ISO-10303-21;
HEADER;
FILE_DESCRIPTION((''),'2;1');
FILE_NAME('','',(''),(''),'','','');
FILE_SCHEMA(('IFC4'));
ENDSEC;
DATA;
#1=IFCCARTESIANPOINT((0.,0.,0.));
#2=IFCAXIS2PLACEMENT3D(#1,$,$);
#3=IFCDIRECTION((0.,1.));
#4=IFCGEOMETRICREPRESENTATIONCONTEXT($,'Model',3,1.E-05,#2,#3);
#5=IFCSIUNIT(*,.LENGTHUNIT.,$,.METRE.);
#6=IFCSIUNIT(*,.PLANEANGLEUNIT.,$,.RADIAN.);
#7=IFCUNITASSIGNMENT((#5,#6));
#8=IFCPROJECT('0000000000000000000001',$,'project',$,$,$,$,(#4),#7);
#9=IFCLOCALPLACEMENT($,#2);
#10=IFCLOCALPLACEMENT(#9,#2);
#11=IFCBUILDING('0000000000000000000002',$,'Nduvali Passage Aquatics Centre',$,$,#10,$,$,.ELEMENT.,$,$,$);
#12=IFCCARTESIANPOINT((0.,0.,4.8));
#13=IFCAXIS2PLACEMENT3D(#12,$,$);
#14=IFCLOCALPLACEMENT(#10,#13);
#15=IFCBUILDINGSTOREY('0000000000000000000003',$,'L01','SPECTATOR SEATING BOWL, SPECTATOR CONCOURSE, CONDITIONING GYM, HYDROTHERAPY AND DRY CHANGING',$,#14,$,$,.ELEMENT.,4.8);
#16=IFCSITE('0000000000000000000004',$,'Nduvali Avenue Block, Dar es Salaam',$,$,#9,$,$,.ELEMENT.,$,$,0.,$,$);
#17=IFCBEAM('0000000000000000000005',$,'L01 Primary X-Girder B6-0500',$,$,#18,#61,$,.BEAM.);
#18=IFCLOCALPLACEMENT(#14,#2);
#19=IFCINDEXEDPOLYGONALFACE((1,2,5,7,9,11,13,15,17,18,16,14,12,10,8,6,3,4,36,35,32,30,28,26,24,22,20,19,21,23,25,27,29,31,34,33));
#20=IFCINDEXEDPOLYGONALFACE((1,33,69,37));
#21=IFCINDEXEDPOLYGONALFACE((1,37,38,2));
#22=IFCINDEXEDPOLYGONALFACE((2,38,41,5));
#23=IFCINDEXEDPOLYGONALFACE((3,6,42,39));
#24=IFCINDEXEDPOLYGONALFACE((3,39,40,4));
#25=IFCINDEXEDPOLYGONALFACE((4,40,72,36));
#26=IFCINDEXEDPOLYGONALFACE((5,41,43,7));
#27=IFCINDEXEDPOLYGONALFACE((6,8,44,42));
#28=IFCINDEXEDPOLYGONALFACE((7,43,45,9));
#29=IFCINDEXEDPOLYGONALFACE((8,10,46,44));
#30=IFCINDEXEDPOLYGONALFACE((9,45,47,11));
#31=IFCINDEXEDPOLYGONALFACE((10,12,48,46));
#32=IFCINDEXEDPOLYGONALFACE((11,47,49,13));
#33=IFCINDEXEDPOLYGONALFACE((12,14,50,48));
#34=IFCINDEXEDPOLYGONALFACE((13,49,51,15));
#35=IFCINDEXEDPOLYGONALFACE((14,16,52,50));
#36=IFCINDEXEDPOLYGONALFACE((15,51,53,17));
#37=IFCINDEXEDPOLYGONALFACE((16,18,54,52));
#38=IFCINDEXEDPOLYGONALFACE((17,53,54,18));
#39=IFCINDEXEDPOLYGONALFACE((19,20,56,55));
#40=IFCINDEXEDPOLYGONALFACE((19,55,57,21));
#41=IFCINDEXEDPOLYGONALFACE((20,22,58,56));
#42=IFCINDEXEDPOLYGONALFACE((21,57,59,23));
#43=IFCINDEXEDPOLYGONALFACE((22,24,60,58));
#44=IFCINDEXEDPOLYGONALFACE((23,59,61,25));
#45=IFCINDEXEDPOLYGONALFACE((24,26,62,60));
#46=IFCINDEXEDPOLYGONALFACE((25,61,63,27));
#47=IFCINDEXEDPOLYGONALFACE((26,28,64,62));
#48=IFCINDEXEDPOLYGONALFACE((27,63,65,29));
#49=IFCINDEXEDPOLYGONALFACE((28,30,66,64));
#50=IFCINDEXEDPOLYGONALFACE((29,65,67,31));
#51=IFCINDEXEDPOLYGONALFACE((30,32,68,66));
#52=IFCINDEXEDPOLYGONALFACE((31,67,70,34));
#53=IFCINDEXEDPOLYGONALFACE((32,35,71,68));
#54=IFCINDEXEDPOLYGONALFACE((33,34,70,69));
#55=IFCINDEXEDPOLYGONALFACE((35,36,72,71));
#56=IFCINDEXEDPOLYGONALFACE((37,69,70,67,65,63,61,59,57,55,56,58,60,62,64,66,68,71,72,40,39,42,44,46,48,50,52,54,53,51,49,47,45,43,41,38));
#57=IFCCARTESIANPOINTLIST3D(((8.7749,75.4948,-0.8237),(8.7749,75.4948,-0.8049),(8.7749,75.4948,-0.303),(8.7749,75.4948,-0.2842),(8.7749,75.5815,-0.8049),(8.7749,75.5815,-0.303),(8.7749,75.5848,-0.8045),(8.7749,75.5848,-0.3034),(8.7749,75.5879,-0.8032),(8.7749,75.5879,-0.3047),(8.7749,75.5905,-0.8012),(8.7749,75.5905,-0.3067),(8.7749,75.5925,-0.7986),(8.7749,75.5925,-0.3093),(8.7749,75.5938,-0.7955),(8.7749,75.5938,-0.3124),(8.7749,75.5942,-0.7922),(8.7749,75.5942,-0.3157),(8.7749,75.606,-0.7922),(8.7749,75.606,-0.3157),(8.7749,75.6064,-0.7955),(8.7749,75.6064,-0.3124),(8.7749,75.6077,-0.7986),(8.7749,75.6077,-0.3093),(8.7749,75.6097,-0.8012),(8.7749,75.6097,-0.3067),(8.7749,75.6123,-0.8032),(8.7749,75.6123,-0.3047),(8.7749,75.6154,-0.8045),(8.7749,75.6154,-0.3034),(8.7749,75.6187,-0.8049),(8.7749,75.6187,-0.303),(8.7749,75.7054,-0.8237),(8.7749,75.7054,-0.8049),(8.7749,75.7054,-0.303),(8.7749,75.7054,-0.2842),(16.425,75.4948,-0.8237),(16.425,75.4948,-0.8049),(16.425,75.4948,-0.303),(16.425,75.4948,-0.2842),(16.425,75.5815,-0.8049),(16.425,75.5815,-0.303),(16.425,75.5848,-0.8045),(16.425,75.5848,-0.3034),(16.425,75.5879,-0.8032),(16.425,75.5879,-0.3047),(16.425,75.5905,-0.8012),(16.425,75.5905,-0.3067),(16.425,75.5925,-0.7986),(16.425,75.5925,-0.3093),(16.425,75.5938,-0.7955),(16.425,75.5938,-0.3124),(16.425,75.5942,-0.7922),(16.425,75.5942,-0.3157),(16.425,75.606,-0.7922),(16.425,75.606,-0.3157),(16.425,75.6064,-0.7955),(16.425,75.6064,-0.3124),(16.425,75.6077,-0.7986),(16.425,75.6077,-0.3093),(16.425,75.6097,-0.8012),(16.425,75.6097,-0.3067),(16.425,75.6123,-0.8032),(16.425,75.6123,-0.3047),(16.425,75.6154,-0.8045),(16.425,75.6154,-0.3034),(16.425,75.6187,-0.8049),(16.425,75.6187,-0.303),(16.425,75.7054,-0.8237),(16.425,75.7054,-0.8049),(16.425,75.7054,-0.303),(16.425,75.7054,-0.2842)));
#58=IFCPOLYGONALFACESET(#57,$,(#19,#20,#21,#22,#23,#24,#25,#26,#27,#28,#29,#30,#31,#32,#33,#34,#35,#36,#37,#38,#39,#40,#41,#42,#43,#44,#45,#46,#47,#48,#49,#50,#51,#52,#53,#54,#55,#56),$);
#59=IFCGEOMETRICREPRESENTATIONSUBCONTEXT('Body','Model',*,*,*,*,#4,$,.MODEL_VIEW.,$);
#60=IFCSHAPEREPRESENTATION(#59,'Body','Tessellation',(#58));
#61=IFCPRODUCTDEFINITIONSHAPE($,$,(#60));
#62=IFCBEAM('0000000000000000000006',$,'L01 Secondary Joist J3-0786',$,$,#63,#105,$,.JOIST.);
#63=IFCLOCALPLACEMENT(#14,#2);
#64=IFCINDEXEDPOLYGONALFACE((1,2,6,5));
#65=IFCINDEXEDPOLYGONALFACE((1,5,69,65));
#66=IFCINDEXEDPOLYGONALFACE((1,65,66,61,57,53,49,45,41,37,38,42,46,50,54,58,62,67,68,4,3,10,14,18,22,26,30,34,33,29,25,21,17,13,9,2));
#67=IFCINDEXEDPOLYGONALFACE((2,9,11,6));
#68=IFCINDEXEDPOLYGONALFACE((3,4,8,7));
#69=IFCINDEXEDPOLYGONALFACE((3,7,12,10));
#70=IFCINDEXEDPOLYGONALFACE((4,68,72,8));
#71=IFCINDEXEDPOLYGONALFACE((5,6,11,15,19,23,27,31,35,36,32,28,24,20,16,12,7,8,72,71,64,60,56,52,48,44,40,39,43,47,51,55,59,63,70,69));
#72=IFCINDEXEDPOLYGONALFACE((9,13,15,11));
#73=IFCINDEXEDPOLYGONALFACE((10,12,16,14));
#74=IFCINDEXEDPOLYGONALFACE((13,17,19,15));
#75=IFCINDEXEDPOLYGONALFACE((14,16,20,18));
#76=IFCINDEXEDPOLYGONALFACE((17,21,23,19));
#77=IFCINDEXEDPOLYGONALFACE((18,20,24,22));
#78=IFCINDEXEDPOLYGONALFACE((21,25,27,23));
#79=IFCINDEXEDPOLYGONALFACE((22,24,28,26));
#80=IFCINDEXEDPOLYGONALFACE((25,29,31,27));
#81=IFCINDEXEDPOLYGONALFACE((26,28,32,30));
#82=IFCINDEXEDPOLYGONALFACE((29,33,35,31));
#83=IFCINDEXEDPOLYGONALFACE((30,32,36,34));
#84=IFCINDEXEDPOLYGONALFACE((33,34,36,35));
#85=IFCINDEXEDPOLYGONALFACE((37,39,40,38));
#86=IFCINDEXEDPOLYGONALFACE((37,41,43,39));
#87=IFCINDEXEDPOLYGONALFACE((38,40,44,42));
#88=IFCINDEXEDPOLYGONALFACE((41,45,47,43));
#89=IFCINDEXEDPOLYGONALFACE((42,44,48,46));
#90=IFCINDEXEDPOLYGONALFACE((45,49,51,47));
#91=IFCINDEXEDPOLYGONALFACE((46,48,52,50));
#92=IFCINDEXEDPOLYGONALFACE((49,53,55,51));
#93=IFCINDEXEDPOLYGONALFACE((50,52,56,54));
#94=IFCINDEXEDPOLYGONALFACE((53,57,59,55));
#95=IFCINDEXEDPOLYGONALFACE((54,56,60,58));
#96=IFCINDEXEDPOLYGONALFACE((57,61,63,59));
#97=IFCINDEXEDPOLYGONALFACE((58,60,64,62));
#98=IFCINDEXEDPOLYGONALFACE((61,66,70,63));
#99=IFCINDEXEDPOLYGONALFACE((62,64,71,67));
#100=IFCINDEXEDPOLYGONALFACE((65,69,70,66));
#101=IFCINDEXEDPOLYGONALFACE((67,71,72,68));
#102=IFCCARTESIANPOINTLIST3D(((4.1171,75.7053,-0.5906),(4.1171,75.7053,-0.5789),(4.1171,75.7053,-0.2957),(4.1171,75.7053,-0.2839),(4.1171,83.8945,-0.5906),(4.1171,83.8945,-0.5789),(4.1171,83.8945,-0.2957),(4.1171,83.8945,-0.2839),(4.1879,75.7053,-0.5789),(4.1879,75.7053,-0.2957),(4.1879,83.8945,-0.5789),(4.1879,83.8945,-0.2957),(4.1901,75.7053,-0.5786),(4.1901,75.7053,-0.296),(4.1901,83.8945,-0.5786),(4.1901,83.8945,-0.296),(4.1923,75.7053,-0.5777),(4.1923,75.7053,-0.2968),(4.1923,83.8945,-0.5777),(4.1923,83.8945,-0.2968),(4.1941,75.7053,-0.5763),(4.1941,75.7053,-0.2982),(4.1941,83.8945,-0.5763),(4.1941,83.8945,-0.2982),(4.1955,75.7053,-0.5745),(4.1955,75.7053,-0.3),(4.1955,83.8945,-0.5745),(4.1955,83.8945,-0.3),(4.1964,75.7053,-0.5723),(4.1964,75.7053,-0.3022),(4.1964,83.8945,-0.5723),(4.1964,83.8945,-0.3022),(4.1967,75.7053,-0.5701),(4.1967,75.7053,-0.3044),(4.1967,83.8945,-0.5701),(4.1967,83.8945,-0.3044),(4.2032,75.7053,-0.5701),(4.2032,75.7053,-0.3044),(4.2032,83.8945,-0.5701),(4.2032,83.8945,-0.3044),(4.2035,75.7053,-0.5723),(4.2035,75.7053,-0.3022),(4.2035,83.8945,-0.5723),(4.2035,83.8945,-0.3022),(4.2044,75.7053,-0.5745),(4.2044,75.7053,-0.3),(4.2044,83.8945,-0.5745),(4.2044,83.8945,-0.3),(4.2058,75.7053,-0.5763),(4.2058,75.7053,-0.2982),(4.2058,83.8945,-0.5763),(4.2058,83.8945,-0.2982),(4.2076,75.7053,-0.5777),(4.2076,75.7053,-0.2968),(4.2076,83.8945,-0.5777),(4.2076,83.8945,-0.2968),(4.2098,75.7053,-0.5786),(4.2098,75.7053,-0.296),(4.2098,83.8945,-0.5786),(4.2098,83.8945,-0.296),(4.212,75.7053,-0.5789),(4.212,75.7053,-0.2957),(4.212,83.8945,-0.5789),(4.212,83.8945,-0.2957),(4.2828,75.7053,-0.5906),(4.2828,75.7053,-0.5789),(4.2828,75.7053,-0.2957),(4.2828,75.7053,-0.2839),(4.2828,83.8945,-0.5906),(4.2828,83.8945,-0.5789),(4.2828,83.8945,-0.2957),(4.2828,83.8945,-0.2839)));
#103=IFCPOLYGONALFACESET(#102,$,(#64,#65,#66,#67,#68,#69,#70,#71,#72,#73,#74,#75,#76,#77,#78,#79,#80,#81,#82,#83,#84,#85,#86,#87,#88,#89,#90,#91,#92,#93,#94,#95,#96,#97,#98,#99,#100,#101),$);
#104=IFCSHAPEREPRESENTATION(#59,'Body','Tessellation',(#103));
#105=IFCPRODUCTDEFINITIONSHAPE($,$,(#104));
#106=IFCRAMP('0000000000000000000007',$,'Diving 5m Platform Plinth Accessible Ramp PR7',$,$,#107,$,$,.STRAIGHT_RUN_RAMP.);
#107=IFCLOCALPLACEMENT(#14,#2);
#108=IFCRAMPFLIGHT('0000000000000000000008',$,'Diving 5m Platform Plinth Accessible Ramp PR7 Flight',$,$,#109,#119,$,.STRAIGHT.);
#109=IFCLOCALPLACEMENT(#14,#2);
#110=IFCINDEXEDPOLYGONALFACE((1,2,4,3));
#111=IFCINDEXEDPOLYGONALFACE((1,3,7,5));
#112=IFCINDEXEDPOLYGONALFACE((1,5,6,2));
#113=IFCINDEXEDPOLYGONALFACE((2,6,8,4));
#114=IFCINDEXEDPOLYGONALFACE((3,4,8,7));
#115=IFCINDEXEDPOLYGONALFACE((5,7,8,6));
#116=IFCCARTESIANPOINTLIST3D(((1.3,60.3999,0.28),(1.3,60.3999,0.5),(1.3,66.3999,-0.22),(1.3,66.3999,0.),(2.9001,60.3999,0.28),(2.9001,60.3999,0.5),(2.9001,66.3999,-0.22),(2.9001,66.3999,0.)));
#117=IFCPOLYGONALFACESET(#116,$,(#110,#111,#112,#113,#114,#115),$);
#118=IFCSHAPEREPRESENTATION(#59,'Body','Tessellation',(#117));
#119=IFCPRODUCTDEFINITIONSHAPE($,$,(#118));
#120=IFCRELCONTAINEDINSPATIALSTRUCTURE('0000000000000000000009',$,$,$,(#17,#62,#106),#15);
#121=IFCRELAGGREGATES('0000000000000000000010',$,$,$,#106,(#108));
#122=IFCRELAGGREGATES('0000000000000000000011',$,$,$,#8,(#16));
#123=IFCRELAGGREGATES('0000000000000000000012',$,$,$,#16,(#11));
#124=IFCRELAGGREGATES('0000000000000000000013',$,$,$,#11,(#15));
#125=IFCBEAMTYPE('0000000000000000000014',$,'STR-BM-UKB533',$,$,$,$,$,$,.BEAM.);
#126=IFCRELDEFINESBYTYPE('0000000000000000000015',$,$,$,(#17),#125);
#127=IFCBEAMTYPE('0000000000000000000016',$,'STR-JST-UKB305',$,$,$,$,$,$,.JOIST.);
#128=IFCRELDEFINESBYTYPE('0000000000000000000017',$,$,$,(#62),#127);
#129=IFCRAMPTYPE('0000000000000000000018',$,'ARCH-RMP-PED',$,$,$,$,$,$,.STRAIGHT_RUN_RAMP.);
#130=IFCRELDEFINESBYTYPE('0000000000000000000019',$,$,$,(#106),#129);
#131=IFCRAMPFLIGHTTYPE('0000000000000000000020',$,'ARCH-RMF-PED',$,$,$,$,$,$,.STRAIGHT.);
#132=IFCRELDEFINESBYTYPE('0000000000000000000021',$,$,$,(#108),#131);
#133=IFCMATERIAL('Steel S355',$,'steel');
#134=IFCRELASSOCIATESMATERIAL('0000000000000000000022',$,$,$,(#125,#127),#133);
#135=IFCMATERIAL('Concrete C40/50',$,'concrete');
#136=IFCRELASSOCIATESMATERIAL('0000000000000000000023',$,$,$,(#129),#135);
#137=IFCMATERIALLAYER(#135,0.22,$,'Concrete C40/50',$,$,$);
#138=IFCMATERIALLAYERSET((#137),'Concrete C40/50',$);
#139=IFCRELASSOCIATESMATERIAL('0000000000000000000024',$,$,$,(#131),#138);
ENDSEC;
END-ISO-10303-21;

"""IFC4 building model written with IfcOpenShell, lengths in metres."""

from ifc_helpers import new_model, si_unit, direction, frame, origin, origin_2d, place, context, subcontext, project, spatial, polyline, i_section, outline, extrude, material, layer, layer_set, material_profile, profile_set, type_object, element, aggregate, save


model = new_model("IFC4")

# Units and contexts
model_context = context("Model", 3, precision=1e-05, world=origin(), true_north=direction((0.0, 1.0)))
body_context = subcontext(model_context, "Body", "Model", "MODEL_VIEW")
ifc_project = project(units=[si_unit("LENGTHUNIT", "METRE"), si_unit("PLANEANGLEUNIT", "RADIAN")], contexts=[model_context])

# Site, building, storey
site_placement = place(None, origin())
site = spatial("IfcSite", under=ifc_project, at=site_placement, Name="Nduvali Avenue Block, Dar es Salaam", CompositionType="ELEMENT", RefElevation=0.0)
building_placement = place(site_placement, origin())
building = spatial("IfcBuilding", under=site, at=building_placement, Name="Nduvali Passage Aquatics Centre", CompositionType="ELEMENT")
storey_placement = place(building_placement, frame((0.0, 0.0, 4.8)))
storey = spatial("IfcBuildingStorey", under=building, at=storey_placement, Name="L01", Description="SPECTATOR SEATING BOWL, SPECTATOR CONCOURSE, CONDITIONING GYM, HYDROTHERAPY AND DRY CHANGING", CompositionType="ELEMENT", Elevation=4.8)

# Shared definitions
ifc_material_1 = material(Name="Steel S355", Category="steel")
ifc_material_2 = material(Name="Concrete C40/50", Category="concrete")

# Beams
ifc_material_profile_1 = material_profile(ifc_material_1, i_section(OverallWidth=0.2107, OverallDepth=0.5396, WebThickness=0.0117, FlangeThickness=0.0188, FilletRadius=0.0127, at=origin_2d()), Name="UKB 533x210x109")
ifc_profile_set_1 = profile_set([ifc_material_profile_1], Name="Steel S355")
beam_type_1 = type_object("IfcBeamType", Name="STR-BM-UKB533", PredefinedType="BEAM", material=ifc_profile_set_1)
beam_1_placement = place(storey_placement, frame((8.7749, 75.6001, -0.554), z_axis=(1.0, 0.0, 0.0), x_axis=(0.0, 1.0, 0.0)))
element("IfcBeam", 1, at=beam_1_placement, inside=storey, type_object=beam_type_1, Name="L01 Primary X-Girder B6-0500", PredefinedType="BEAM", context=body_context, shape_type="SweptSolid", body=[
    extrude(i_section(OverallWidth=0.2107, OverallDepth=0.5396, WebThickness=0.0117, FlangeThickness=0.0188, FilletRadius=0.0127, at=origin_2d()), origin(), (0.0, 0.0, 1.0), 7.6501),
])
ifc_material_profile_2 = material_profile(ifc_material_1, i_section(OverallWidth=0.1658, OverallDepth=0.3066, WebThickness=0.0066, FlangeThickness=0.0117, FilletRadius=0.0088, at=origin_2d()), Name="UKB 305x165x46")
ifc_profile_set_2 = profile_set([ifc_material_profile_2], Name="Steel S355")
beam_type_2 = type_object("IfcBeamType", Name="STR-JST-UKB305", PredefinedType="JOIST", material=ifc_profile_set_2)
beam_2_placement = place(storey_placement, frame((4.2, 75.7053, -0.4373), z_axis=(0.0, 1.0, 0.0), x_axis=(-1.0, 0.0, 0.0)))
element("IfcBeam", 2, at=beam_2_placement, inside=storey, type_object=beam_type_2, Name="L01 Secondary Joist J3-0786", PredefinedType="JOIST", context=body_context, shape_type="SweptSolid", body=[
    extrude(i_section(OverallWidth=0.1658, OverallDepth=0.3066, WebThickness=0.0066, FlangeThickness=0.0117, FilletRadius=0.0088, at=origin_2d()), origin(), (0.0, 0.0, 1.0), 8.1892),
])

# Ramp, ramp flight
ramp_type = type_object("IfcRampType", Name="ARCH-RMP-PED", PredefinedType="STRAIGHT_RUN_RAMP", material=ifc_material_2)
ramp_placement = place(storey_placement, origin())
ramp = element("IfcRamp", 3, at=ramp_placement, inside=storey, type_object=ramp_type, Name="Diving 5m Platform Plinth Accessible Ramp PR7", PredefinedType="STRAIGHT_RUN_RAMP")
ifc_layer = layer(ifc_material_2, 0.22, Name="Concrete C40/50")
ifc_layer_set = layer_set([ifc_layer], Name="Concrete C40/50")
ramp_flight_type = type_object("IfcRampFlightType", Name="ARCH-RMF-PED", PredefinedType="STRAIGHT", material=ifc_layer_set)
ramp_flight_placement = place(storey_placement, frame((2.1001, 66.3999, 0.0), z_axis=(0.0, 0.0, 1.0), x_axis=(0.0, -1.0, 0.0)))
ramp_flight = element("IfcRampFlight", 4, at=ramp_flight_placement, type_object=ramp_flight_type, Name="Diving 5m Platform Plinth Accessible Ramp PR7 Flight", PredefinedType="STRAIGHT", context=body_context, shape_type="SweptSolid", body=[
    extrude(outline(polyline([(0.0, -0.22), (6.0, 0.28), (6.0, 0.5), (0.0, 0.0), (0.0, -0.22)])), frame((0.0, 0.8, 0.0), z_axis=(0.0, -1.0, 0.0), x_axis=(1.0, 0.0, 0.0)), (0.0, 0.0, 1.0), 1.6001),
])
aggregate(ramp, [ramp_flight])

save(model, "model.ifc")
